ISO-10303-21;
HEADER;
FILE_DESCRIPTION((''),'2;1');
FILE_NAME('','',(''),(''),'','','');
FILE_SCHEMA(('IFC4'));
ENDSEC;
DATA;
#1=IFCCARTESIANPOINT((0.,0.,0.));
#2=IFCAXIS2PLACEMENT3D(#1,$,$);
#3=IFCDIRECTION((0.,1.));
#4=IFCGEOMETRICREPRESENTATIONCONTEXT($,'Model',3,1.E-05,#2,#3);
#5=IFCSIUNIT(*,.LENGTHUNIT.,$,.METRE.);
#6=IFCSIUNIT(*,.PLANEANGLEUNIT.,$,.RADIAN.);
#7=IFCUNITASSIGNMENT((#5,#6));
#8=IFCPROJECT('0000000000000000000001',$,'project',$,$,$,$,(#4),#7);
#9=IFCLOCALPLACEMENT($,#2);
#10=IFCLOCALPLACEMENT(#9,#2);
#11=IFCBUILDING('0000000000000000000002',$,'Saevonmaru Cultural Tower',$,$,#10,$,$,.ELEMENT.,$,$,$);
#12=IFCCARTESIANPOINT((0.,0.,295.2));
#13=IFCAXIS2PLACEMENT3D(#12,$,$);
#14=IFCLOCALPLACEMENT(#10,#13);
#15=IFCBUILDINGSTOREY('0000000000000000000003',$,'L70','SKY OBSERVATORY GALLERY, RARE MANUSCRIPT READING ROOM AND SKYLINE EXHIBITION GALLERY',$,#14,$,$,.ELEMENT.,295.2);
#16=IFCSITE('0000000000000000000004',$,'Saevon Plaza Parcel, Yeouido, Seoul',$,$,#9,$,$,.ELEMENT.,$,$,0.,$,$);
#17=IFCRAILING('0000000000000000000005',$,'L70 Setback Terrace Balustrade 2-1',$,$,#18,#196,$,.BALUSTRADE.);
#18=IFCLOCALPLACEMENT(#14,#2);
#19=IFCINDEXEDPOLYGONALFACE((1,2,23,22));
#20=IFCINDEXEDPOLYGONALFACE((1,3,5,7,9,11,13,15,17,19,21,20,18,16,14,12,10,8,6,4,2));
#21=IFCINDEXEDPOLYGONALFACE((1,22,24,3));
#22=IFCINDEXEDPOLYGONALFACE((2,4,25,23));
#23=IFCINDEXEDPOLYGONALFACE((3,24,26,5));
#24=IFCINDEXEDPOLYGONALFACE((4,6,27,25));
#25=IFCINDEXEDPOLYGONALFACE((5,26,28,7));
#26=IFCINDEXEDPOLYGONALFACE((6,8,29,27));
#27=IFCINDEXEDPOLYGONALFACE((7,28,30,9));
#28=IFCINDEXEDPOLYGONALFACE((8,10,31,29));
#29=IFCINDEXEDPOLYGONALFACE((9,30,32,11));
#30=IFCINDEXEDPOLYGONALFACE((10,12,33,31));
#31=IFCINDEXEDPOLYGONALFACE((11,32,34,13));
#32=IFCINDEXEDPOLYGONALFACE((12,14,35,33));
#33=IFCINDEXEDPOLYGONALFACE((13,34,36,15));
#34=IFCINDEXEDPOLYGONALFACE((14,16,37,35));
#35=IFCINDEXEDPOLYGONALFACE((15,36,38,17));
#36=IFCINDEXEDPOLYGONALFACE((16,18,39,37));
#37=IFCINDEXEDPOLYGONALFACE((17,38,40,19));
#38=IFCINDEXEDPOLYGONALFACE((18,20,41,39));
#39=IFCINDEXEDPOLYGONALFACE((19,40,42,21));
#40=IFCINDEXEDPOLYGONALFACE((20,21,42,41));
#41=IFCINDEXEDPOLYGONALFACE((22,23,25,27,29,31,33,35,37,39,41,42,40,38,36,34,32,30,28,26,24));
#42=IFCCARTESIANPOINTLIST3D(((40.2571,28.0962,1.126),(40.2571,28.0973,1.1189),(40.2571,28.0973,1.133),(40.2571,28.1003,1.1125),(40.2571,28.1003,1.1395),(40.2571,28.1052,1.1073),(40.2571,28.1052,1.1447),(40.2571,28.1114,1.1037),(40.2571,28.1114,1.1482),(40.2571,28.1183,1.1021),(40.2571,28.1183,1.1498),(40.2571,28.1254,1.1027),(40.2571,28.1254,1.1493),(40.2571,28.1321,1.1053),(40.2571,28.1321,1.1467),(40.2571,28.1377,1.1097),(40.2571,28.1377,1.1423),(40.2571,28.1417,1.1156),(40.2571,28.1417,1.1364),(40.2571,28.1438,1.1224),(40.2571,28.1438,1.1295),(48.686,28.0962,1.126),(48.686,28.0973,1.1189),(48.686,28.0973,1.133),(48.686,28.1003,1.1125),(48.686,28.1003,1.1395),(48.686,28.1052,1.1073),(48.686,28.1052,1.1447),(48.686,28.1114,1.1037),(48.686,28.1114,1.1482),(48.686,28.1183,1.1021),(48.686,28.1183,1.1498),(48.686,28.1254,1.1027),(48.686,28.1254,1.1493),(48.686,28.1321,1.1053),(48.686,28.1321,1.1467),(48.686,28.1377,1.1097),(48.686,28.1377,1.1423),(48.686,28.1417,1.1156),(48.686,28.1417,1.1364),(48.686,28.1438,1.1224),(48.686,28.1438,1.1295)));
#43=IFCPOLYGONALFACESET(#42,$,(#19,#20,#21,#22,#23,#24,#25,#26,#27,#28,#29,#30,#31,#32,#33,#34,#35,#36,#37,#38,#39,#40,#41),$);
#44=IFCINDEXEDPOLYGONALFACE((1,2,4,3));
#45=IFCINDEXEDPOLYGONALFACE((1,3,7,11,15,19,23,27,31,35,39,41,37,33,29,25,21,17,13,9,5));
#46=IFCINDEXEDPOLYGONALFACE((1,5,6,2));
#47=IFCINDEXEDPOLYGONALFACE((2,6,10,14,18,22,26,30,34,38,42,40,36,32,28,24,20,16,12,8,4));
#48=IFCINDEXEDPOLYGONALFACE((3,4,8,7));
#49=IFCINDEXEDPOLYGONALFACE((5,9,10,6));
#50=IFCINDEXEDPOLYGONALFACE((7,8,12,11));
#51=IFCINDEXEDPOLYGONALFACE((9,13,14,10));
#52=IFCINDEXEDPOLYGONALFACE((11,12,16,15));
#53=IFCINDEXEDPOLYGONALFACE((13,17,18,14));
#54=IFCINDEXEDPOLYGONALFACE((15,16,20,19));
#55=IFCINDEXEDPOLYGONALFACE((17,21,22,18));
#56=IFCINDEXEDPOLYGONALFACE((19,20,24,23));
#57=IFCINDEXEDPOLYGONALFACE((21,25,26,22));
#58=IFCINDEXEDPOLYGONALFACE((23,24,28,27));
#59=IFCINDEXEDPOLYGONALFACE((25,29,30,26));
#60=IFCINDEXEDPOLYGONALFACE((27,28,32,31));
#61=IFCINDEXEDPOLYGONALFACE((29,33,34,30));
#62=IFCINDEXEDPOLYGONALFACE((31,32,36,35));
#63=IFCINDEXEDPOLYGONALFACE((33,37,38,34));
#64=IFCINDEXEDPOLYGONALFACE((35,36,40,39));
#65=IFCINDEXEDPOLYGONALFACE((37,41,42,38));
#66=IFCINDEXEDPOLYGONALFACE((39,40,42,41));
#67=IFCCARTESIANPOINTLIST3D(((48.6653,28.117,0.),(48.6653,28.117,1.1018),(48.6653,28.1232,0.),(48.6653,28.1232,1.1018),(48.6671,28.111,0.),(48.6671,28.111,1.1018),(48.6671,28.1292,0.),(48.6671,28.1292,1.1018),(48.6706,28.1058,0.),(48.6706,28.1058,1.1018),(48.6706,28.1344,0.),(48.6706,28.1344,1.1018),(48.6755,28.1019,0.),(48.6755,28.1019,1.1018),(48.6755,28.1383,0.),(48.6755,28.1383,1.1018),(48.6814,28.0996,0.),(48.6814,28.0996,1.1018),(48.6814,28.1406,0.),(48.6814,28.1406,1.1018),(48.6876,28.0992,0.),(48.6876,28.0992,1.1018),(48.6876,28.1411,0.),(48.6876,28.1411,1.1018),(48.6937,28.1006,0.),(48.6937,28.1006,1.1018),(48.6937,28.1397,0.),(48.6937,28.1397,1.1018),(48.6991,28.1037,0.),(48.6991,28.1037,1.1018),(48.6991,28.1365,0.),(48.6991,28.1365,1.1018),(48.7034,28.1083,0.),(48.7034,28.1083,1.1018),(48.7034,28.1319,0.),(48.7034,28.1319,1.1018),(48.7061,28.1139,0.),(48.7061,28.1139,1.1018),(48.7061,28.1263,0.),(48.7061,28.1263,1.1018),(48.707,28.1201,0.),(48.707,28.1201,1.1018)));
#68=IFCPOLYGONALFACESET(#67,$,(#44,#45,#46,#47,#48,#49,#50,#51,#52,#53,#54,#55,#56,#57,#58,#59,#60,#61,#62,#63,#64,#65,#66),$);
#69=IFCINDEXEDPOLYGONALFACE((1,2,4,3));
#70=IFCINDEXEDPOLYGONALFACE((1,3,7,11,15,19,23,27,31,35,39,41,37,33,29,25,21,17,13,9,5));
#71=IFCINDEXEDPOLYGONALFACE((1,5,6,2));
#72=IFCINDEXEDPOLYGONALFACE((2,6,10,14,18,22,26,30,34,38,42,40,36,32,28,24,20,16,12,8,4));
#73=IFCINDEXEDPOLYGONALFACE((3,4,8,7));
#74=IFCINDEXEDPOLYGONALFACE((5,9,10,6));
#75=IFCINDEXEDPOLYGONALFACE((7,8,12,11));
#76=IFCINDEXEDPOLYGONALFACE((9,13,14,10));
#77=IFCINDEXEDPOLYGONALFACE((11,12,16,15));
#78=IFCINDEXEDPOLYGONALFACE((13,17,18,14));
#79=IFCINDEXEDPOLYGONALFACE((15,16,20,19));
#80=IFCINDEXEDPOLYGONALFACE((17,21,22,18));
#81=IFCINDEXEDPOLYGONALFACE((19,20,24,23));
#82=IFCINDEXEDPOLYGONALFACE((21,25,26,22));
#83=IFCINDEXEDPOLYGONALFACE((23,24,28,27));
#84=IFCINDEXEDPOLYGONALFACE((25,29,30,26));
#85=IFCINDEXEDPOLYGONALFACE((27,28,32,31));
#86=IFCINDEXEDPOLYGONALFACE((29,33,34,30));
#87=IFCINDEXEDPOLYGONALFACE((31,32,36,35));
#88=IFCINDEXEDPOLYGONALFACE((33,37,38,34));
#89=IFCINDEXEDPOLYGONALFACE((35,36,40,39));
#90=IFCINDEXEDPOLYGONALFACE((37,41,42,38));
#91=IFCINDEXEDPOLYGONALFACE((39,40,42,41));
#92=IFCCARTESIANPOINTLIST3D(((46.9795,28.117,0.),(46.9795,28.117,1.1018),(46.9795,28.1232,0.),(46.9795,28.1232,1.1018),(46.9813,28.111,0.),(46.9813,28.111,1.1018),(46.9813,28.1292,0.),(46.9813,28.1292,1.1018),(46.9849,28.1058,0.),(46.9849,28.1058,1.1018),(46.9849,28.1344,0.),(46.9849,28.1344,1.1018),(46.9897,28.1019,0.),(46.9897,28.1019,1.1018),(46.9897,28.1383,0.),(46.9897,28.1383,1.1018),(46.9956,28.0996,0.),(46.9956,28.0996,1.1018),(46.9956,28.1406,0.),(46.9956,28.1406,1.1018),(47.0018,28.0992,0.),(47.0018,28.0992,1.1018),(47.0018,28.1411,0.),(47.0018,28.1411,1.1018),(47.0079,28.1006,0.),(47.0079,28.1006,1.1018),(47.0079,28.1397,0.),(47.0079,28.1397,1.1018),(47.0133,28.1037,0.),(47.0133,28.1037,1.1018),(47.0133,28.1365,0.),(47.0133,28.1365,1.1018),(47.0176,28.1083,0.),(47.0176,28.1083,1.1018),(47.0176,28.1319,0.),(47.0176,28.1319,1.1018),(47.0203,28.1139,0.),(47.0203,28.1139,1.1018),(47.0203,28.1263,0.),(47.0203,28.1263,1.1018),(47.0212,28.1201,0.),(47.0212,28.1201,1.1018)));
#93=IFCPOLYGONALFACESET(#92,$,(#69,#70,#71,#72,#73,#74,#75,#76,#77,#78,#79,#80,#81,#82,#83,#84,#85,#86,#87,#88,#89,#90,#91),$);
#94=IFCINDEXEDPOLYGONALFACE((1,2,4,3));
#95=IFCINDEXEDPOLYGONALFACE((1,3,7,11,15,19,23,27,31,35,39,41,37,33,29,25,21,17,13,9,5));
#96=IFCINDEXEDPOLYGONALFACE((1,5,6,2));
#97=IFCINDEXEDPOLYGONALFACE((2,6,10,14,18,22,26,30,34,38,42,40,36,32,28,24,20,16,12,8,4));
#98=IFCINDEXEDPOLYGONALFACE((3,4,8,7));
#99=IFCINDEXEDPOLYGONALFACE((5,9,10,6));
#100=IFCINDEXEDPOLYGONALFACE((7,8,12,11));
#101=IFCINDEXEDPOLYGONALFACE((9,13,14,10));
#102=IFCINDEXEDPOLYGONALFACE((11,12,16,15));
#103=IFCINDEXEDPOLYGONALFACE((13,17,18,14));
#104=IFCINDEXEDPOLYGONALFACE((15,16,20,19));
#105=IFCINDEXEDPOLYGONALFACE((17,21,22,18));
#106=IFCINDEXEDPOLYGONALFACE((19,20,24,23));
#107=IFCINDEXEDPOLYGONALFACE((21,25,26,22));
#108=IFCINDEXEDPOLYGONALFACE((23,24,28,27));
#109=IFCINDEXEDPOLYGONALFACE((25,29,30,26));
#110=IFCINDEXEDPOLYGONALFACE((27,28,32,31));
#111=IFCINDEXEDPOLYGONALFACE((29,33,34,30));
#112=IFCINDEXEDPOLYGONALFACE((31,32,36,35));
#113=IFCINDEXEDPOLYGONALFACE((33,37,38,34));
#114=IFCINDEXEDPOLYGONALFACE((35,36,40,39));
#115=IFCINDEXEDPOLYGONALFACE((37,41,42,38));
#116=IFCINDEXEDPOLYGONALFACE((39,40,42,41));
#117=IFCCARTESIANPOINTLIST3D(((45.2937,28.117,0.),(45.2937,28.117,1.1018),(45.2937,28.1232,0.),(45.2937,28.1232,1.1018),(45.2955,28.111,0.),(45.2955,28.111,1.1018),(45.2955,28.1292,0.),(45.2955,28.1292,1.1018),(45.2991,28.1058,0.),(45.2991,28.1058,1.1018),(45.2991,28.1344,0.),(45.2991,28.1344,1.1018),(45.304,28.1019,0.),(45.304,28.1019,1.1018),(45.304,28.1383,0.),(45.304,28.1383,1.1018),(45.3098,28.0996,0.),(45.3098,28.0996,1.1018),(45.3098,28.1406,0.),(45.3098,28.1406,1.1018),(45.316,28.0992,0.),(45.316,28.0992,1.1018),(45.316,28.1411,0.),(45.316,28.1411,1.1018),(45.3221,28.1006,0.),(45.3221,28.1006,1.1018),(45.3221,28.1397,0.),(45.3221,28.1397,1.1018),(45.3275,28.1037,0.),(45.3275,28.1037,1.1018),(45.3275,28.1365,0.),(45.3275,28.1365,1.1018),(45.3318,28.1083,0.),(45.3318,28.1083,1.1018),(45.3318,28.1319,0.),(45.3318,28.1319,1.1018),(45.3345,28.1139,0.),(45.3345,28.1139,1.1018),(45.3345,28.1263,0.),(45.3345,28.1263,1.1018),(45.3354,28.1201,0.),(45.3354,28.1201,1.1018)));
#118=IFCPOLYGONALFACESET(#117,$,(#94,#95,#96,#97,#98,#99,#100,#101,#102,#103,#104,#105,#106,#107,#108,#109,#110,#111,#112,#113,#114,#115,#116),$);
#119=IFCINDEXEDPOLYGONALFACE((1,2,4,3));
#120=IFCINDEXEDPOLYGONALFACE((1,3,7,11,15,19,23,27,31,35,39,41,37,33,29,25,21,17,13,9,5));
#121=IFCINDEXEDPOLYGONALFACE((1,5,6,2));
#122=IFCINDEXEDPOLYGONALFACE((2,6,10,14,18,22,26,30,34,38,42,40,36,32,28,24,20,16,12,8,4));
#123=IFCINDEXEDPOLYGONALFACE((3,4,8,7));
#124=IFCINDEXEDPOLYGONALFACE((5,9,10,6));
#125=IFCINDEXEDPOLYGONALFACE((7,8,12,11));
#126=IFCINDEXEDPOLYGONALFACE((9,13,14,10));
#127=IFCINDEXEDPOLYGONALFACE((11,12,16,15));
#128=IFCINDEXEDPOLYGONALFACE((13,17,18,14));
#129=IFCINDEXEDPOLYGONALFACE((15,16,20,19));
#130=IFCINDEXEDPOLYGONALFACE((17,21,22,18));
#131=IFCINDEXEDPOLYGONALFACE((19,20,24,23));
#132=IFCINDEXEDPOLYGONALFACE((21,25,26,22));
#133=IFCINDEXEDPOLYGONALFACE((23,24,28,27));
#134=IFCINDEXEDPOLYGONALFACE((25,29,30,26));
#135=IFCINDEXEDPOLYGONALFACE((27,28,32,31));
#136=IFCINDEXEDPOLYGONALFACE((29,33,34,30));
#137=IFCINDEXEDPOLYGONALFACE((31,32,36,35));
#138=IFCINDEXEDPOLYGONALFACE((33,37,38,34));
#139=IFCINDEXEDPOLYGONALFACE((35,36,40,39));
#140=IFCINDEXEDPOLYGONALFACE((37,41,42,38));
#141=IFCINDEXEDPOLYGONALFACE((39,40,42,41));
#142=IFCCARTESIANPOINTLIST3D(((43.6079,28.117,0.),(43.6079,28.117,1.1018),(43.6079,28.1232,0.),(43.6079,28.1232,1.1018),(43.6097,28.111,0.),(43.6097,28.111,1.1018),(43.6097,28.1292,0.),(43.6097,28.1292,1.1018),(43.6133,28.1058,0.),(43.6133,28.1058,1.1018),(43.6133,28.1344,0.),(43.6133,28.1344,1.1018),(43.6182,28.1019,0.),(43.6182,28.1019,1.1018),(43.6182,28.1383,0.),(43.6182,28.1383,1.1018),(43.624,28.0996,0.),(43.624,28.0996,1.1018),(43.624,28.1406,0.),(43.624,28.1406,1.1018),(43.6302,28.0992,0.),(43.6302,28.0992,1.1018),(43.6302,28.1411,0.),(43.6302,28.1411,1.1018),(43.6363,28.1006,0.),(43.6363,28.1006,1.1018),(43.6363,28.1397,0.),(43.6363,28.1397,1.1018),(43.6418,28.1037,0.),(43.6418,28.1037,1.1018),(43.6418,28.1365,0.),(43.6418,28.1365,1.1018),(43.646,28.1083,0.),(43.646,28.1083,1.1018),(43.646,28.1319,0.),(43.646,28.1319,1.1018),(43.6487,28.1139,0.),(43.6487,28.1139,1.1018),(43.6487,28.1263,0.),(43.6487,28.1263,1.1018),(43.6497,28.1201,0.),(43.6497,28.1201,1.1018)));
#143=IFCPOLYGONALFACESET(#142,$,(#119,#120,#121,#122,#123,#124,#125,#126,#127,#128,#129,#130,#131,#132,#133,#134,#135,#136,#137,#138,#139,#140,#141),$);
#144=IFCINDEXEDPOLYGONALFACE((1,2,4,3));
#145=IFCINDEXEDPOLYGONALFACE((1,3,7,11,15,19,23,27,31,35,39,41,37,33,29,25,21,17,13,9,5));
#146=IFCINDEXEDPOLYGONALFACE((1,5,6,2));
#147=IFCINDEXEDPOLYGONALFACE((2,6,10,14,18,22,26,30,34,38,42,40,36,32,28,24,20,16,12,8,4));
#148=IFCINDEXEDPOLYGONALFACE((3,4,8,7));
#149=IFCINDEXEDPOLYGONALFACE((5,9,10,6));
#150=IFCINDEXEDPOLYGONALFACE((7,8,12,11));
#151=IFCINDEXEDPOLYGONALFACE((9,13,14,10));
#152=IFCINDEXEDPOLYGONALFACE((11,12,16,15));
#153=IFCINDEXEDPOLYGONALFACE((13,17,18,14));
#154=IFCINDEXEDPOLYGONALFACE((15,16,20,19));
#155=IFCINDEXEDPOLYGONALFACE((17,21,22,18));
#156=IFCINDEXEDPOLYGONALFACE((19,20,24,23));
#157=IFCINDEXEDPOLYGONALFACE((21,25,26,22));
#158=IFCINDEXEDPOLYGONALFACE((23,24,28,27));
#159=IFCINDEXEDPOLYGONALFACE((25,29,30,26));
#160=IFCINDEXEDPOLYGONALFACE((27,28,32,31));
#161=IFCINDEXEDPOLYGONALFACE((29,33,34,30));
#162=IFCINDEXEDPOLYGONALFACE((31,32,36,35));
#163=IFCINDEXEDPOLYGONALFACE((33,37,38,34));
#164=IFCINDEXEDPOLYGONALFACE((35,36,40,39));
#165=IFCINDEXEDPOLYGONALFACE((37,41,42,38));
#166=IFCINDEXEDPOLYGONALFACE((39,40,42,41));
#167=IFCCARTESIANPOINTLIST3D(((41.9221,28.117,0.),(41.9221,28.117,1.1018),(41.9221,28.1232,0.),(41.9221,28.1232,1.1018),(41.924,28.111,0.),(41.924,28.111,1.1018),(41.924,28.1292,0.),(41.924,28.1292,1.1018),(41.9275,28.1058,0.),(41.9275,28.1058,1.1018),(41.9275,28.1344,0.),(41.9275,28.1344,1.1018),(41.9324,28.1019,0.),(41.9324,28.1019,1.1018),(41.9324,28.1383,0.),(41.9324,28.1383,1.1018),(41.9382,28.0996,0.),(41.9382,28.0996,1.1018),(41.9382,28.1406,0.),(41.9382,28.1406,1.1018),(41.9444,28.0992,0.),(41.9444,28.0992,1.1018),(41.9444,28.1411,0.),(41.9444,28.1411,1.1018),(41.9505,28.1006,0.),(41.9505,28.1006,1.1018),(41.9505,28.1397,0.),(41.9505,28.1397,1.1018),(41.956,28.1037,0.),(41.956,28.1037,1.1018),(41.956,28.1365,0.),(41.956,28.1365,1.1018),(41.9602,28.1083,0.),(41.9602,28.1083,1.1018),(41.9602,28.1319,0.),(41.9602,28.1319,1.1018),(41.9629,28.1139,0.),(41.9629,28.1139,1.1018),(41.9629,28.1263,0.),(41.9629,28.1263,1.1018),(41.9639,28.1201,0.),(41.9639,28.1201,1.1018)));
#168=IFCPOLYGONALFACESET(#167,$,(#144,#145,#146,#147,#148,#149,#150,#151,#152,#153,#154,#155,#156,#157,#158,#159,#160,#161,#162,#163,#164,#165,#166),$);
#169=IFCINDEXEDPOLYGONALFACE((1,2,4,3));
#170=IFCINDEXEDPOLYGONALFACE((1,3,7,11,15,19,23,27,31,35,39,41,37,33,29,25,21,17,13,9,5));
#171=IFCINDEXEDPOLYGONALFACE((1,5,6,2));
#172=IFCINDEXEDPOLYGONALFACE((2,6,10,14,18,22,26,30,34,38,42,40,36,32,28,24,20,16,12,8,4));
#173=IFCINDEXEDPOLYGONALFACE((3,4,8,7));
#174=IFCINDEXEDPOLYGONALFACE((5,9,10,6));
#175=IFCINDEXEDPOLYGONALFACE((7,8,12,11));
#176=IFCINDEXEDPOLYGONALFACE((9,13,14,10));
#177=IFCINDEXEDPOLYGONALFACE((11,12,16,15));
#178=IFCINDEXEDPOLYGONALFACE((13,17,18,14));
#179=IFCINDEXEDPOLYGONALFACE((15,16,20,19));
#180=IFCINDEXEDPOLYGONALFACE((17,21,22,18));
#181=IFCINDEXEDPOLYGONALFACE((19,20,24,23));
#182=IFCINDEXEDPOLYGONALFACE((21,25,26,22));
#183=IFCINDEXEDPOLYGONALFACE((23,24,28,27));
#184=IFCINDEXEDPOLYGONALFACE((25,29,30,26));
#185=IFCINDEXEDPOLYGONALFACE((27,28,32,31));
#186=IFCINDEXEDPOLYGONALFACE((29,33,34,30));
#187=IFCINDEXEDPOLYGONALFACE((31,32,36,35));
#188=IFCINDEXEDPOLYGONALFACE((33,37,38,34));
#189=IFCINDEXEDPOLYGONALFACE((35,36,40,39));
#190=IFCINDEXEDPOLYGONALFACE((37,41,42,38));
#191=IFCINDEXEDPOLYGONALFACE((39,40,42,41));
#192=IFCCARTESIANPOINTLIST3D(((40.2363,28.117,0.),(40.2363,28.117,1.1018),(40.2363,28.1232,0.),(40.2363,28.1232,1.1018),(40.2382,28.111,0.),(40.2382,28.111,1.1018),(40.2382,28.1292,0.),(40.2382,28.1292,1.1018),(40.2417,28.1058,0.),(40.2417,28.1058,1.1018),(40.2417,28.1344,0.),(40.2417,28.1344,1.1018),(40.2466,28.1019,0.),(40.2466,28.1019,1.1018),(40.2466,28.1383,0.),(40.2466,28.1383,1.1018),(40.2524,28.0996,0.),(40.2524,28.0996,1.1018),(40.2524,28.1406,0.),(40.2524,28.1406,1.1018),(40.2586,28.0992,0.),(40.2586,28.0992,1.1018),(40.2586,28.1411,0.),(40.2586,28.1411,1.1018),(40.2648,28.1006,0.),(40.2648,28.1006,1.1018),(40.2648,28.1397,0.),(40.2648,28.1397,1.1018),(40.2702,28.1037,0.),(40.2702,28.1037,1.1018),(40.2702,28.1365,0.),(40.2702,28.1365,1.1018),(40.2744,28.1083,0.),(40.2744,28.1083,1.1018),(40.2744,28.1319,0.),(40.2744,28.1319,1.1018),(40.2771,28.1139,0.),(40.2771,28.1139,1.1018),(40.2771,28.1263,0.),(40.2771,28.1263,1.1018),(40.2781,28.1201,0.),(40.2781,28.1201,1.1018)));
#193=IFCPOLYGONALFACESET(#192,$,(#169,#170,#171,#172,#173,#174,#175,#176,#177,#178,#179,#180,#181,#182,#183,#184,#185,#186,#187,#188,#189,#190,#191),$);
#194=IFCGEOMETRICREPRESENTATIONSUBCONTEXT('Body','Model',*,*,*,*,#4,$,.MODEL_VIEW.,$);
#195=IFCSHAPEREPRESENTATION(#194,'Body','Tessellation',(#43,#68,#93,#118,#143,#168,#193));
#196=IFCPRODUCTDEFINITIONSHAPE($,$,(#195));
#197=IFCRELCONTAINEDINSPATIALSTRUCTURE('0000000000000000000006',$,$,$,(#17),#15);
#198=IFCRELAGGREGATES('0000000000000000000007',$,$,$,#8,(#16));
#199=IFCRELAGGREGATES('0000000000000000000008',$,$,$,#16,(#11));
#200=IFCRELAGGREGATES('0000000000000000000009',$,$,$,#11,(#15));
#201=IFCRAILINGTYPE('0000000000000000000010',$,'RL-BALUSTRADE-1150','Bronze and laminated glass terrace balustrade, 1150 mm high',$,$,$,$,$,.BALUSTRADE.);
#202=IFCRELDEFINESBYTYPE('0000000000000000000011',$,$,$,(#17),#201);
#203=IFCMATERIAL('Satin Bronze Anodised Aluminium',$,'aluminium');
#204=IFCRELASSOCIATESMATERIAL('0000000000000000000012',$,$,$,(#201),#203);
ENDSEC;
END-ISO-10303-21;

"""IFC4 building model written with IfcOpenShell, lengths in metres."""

from ifc_helpers import new_model, si_unit, direction, frame, origin, origin_2d, place, context, subcontext, project, spatial, circle, extrude, material, type_object, element, save


model = new_model("IFC4")

# Units and contexts
model_context = context("Model", 3, precision=1e-05, world=origin(), true_north=direction((0.0, 1.0)))
body_context = subcontext(model_context, "Body", "Model", "MODEL_VIEW")
ifc_project = project(units=[si_unit("LENGTHUNIT", "METRE"), si_unit("PLANEANGLEUNIT", "RADIAN")], contexts=[model_context])

# Site, building, storey
site_placement = place(None, origin())
site = spatial("IfcSite", under=ifc_project, at=site_placement, Name="Saevon Plaza Parcel, Yeouido, Seoul", CompositionType="ELEMENT", RefElevation=0.0)
building_placement = place(site_placement, origin())
building = spatial("IfcBuilding", under=site, at=building_placement, Name="Saevonmaru Cultural Tower", CompositionType="ELEMENT")
storey_placement = place(building_placement, frame((0.0, 0.0, 295.2)))
storey = spatial("IfcBuildingStorey", under=building, at=storey_placement, Name="L70", Description="SKY OBSERVATORY GALLERY, RARE MANUSCRIPT READING ROOM AND SKYLINE EXHIBITION GALLERY", CompositionType="ELEMENT", Elevation=295.2)

# Shared definitions
ifc_material_1 = material(Name="Satin Bronze Anodised Aluminium", Category="aluminium")

# Railing
railing_type_1 = type_object("IfcRailingType", Name="RL-BALUSTRADE-1150", Description="Bronze and laminated glass terrace balustrade, 1150 mm high", PredefinedType="BALUSTRADE", material=ifc_material_1)
railing_1_placement = place(storey_placement, frame((48.686, 28.1201, 0.0)))
element("IfcRailing", 1, at=railing_1_placement, inside=storey, type_object=railing_type_1, Name="L70 Setback Terrace Balustrade 2-1", PredefinedType="BALUSTRADE", context=body_context, shape_type="SweptSolid", body=[
    extrude(circle(Radius=0.0239, at=origin_2d()), frame((0.0, 0.0, 1.126), z_axis=(-1.0, 0.0, 0.0), x_axis=(0.0, -1.0, 0.0)), (0.0, 0.0, 1.0), 8.429),
    extrude(circle(Radius=0.021, at=origin_2d()), origin(), (0.0, 0.0, 1.0), 1.1018),
    extrude(circle(Radius=0.021, at=origin_2d()), frame((-1.6858, 0.0, 0.0)), (0.0, 0.0, 1.0), 1.1018),
    extrude(circle(Radius=0.021, at=origin_2d()), frame((-3.3716, 0.0, 0.0)), (0.0, 0.0, 1.0), 1.1018),
    extrude(circle(Radius=0.021, at=origin_2d()), frame((-5.0574, 0.0, 0.0)), (0.0, 0.0, 1.0), 1.1018),
    extrude(circle(Radius=0.021, at=origin_2d()), frame((-6.7432, 0.0, 0.0)), (0.0, 0.0, 1.0), 1.1018),
    extrude(circle(Radius=0.021, at=origin_2d()), frame((-8.429, 0.0, 0.0)), (0.0, 0.0, 1.0), 1.1018),
])

save(model, "model.ifc")
